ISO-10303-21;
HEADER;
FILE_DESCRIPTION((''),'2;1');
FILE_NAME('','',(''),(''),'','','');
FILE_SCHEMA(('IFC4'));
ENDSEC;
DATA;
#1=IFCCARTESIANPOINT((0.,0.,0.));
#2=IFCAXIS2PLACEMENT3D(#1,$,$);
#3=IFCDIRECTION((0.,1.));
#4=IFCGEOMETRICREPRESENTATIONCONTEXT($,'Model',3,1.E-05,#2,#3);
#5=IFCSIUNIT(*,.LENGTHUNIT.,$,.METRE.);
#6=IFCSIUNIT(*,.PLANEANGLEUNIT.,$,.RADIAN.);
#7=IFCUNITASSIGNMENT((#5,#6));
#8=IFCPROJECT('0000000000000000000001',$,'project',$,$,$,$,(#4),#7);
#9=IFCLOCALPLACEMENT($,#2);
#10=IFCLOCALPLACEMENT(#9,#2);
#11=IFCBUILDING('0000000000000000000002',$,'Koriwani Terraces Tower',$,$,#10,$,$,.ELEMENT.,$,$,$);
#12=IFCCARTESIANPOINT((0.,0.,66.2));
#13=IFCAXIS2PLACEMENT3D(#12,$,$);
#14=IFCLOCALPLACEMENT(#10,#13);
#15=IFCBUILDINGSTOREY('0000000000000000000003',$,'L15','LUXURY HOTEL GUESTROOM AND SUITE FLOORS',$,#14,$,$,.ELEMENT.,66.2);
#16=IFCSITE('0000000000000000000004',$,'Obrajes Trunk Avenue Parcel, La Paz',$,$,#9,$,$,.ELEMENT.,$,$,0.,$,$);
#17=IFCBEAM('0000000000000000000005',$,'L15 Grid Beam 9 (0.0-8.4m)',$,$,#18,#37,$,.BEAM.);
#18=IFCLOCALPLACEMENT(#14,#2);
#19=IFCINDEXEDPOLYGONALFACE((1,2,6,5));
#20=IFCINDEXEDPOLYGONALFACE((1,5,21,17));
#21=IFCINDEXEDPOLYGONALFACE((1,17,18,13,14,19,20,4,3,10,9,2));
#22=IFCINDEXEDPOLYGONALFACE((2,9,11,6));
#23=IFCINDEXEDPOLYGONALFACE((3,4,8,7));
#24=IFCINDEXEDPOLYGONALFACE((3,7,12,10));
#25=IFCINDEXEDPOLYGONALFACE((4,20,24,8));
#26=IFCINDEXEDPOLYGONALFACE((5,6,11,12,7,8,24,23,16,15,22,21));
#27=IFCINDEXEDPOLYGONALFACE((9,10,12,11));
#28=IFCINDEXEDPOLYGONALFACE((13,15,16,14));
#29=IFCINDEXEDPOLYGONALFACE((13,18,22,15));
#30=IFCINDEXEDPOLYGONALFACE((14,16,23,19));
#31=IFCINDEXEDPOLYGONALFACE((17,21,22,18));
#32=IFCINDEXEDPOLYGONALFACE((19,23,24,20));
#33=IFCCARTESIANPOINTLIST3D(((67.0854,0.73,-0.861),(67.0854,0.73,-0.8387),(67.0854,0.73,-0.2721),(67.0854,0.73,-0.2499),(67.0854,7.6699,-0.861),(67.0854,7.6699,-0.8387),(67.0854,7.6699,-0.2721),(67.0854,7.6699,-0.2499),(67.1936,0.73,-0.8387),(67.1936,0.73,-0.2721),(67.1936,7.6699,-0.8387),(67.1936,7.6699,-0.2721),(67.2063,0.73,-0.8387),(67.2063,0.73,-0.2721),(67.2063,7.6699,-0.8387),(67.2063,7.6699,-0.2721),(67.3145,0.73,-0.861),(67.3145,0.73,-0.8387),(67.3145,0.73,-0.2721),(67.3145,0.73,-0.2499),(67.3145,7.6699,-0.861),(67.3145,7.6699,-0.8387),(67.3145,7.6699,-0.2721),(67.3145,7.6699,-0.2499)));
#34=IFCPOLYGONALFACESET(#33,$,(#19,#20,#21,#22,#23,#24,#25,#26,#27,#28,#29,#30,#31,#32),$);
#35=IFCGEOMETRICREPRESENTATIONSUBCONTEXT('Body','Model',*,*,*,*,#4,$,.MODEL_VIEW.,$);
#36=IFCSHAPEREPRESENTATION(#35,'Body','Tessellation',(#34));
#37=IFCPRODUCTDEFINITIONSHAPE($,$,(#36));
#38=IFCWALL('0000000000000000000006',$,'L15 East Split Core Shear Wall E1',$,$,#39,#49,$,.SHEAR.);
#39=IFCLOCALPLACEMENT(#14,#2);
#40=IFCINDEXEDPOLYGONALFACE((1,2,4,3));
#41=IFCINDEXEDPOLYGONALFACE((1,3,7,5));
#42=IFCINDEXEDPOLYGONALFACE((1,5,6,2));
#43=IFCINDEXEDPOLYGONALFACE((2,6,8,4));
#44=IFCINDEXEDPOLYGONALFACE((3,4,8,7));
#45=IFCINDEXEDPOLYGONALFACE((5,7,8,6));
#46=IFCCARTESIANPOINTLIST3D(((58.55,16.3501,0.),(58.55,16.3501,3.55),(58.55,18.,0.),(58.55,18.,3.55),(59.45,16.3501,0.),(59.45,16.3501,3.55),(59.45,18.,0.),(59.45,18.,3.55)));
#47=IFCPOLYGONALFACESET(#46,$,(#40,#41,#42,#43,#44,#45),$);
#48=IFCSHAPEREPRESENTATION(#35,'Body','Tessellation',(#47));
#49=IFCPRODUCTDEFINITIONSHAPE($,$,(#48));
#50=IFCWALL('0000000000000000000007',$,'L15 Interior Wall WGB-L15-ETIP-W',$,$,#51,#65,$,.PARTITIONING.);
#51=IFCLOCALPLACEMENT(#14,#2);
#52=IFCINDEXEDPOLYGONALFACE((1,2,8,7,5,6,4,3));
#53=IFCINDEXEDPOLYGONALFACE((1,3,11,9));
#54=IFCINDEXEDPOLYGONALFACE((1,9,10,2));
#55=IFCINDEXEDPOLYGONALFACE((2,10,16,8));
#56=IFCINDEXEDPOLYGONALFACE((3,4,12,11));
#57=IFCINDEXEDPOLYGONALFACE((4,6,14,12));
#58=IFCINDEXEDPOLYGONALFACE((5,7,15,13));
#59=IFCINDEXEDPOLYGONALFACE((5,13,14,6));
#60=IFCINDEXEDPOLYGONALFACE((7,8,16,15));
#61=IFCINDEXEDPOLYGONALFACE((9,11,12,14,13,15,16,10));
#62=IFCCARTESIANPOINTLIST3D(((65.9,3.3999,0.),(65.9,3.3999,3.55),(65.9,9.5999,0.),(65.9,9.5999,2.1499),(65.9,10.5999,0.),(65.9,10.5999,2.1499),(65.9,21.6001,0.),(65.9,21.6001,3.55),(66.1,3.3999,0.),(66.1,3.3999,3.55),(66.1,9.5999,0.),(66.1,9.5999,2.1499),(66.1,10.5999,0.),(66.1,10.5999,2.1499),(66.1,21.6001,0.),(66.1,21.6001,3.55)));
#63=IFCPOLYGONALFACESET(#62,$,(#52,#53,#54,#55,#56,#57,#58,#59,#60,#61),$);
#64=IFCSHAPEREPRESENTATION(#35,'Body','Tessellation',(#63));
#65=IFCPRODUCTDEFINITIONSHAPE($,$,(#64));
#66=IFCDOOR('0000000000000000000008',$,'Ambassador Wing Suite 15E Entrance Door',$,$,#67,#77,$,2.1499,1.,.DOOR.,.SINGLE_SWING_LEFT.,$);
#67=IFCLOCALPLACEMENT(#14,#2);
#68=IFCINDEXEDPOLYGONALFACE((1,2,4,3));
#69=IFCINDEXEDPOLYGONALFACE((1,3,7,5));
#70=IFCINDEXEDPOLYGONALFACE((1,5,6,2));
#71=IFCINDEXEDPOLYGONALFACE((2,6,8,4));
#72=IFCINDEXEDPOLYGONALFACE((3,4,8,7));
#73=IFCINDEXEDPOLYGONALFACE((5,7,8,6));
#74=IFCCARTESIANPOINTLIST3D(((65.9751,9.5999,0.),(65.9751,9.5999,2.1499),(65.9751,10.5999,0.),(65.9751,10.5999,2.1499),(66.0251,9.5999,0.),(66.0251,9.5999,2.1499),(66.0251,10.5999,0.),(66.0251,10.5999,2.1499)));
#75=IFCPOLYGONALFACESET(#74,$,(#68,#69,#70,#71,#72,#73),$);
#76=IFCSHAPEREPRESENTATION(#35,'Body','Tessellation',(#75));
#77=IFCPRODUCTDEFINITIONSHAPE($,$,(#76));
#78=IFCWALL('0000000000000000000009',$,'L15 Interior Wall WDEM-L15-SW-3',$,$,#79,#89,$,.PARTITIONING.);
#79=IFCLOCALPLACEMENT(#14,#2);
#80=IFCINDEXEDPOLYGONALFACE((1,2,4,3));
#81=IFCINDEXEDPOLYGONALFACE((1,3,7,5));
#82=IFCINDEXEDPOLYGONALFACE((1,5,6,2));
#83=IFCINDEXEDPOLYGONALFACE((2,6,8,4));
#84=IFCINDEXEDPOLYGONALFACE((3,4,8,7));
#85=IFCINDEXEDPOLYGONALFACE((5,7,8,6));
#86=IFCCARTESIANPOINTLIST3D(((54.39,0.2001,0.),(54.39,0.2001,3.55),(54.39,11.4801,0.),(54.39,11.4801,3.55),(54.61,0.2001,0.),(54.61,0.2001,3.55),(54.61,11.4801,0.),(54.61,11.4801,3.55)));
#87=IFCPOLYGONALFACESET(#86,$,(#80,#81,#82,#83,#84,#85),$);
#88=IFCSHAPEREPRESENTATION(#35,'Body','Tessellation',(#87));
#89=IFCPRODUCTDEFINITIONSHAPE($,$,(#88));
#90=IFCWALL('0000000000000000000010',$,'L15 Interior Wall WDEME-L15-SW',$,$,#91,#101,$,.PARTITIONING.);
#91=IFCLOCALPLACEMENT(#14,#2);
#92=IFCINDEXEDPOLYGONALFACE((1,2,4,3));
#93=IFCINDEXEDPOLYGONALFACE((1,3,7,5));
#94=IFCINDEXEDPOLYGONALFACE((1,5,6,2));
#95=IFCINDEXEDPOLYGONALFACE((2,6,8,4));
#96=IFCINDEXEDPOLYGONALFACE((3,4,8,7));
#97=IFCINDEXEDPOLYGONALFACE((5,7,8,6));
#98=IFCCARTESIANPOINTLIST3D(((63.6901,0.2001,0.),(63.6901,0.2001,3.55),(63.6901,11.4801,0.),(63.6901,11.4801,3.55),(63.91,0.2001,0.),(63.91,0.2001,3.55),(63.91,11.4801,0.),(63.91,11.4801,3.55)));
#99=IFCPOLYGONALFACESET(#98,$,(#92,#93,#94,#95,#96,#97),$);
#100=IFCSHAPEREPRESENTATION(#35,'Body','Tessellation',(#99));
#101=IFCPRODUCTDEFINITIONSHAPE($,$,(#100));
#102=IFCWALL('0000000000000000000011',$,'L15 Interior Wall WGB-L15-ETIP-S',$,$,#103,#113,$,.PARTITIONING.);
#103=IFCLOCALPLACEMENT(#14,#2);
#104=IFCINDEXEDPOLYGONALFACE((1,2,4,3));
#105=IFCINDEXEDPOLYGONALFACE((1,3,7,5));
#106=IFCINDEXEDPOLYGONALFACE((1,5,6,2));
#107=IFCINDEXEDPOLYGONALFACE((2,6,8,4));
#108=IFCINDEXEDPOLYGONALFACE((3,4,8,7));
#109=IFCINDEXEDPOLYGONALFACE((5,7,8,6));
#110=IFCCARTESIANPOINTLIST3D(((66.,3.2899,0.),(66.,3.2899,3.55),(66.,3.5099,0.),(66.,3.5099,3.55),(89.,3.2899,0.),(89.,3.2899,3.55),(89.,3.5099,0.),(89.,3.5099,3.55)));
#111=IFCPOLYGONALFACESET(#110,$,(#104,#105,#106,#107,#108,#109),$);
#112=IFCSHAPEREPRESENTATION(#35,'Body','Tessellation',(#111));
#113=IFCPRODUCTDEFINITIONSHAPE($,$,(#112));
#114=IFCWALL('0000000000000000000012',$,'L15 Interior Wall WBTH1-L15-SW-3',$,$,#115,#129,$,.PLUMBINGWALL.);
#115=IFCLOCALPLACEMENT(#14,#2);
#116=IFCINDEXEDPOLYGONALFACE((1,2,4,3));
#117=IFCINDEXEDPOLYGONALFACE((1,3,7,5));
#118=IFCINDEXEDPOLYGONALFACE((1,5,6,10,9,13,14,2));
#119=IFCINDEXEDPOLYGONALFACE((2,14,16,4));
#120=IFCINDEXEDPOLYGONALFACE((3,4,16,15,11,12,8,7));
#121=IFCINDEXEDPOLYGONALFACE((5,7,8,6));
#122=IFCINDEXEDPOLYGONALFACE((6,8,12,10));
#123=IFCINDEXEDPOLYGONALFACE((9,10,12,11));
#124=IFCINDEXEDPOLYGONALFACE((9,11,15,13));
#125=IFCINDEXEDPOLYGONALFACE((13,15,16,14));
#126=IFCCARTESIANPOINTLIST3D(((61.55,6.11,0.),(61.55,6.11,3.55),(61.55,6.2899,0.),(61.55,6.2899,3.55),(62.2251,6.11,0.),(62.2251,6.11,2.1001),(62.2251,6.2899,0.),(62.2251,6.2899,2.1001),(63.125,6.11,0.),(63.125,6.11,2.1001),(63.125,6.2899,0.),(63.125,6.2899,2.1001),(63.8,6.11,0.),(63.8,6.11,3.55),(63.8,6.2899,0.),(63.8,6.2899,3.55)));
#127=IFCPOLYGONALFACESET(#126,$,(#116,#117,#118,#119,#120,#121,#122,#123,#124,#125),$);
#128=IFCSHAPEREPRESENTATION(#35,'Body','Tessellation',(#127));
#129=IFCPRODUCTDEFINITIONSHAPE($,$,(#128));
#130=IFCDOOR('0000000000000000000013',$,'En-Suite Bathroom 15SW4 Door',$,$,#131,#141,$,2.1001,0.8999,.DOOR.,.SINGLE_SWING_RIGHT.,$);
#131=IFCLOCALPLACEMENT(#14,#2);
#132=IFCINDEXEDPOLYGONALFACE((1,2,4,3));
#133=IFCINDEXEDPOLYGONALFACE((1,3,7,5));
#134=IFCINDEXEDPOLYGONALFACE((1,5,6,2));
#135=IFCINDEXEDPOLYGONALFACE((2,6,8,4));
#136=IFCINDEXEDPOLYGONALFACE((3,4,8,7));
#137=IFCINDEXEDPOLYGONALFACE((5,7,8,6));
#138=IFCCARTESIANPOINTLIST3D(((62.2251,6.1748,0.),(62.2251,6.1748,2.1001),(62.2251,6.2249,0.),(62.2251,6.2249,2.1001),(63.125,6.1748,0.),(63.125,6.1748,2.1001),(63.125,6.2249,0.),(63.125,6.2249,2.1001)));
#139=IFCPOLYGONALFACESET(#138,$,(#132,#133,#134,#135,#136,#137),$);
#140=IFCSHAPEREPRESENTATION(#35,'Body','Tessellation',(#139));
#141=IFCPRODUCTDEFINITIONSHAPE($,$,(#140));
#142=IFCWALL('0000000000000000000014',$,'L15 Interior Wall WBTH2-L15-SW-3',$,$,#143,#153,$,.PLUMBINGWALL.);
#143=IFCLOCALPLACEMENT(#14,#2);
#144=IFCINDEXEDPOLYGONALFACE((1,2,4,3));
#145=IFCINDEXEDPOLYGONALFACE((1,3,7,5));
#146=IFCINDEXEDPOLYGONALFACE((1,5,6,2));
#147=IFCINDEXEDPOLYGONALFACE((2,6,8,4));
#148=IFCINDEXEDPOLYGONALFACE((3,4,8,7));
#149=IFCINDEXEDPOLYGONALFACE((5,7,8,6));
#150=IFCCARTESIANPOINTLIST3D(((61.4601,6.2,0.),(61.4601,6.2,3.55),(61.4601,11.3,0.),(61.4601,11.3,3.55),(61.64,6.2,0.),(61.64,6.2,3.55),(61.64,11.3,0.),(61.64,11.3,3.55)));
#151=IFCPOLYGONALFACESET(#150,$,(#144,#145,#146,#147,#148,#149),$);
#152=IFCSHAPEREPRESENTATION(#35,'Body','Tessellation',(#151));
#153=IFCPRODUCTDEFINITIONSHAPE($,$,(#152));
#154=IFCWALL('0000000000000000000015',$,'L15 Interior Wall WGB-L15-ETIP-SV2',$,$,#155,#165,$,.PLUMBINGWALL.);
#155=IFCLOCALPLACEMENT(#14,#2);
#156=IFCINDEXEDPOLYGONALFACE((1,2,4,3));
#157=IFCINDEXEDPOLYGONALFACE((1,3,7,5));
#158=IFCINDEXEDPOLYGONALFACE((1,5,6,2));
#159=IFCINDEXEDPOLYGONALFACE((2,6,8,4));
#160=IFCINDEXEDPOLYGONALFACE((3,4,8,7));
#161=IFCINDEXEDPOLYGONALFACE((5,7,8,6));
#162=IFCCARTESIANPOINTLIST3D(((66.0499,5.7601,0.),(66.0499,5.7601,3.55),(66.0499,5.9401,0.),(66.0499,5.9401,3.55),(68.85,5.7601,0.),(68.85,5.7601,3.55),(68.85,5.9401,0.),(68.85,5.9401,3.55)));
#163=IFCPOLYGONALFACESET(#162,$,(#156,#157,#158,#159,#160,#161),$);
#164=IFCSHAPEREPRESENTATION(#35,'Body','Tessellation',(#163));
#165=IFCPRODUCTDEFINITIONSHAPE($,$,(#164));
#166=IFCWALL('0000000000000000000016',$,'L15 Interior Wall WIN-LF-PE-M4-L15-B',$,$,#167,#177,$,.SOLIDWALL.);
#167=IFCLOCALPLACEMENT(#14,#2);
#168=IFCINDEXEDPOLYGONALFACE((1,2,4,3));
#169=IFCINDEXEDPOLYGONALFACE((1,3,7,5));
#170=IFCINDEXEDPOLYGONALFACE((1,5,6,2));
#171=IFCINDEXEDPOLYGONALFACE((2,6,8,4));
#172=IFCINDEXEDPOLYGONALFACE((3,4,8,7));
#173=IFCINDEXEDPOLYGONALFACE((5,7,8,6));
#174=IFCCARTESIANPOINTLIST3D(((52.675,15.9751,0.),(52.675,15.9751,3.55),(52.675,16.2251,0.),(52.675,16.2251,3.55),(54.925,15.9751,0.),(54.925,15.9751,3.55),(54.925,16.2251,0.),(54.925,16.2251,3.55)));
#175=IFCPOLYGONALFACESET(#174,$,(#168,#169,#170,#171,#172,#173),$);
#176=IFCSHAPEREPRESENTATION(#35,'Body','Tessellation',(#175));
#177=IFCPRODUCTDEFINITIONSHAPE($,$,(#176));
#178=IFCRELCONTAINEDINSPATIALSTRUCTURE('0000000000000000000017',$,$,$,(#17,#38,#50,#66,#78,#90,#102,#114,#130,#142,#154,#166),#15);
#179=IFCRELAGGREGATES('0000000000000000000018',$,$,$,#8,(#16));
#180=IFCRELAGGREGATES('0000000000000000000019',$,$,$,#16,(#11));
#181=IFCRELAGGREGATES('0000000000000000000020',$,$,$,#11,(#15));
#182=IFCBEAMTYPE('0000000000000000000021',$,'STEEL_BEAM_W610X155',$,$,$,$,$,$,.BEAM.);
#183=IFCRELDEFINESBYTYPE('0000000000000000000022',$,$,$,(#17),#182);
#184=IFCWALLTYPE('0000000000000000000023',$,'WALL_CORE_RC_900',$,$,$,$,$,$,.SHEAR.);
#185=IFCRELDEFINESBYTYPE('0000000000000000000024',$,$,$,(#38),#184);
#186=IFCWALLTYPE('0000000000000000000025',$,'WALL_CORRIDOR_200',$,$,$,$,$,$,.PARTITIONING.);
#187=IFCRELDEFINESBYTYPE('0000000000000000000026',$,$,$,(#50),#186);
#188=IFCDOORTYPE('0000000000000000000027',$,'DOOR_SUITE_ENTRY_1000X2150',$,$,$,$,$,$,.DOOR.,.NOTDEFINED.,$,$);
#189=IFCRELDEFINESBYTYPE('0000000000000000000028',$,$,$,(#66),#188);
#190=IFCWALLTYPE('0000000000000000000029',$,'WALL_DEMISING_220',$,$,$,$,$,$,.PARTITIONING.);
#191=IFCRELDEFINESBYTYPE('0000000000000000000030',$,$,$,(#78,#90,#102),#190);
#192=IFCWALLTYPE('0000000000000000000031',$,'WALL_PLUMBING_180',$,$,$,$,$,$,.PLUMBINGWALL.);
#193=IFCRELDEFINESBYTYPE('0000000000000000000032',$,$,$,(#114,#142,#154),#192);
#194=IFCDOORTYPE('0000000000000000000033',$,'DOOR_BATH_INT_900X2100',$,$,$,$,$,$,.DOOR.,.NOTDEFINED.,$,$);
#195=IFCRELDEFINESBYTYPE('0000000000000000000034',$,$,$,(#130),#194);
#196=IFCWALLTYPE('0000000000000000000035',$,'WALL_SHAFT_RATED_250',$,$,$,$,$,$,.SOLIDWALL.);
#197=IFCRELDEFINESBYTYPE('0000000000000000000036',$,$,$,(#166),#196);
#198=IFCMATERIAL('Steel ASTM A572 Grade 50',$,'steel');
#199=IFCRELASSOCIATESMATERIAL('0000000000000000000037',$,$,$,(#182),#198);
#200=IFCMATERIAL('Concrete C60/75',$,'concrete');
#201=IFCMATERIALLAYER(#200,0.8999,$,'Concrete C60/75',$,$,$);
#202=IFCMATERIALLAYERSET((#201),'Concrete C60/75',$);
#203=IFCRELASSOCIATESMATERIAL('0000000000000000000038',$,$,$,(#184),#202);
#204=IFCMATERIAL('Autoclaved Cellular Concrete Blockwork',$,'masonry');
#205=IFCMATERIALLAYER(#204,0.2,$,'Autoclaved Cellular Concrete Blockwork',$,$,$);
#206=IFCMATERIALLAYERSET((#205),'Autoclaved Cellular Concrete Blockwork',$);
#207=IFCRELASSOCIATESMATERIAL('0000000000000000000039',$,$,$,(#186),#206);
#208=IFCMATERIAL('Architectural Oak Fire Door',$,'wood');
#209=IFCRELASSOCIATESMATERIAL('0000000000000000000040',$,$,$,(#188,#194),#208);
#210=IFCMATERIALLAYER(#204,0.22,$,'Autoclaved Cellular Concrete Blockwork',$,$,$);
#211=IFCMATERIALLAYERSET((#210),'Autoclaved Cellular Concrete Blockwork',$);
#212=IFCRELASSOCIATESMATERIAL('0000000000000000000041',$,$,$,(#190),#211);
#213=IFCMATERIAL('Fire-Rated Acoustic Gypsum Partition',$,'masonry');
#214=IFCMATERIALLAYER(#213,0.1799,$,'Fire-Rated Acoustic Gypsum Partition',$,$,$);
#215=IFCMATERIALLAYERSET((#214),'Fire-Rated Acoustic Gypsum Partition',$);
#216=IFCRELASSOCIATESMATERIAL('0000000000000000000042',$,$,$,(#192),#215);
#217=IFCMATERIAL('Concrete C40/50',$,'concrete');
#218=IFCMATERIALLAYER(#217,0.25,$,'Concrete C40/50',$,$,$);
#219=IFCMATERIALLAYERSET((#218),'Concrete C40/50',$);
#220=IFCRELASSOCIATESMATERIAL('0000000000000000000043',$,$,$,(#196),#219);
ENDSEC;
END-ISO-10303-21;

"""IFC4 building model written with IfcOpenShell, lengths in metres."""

from ifc_helpers import new_model, si_unit, direction, frame, frame_2d, origin, origin_2d, place, context, subcontext, project, spatial, rectangle, i_section, extrude, material, layer, layer_set, material_profile, profile_set, type_object, element, fill, save


model = new_model("IFC4")

# Units and contexts
model_context = context("Model", 3, precision=1e-05, world=origin(), true_north=direction((0.0, 1.0)))
body_context = subcontext(model_context, "Body", "Model", "MODEL_VIEW")
ifc_project = project(units=[si_unit("LENGTHUNIT", "METRE"), si_unit("PLANEANGLEUNIT", "RADIAN")], contexts=[model_context])

# Site, building, storey
site_placement = place(None, origin())
site = spatial("IfcSite", under=ifc_project, at=site_placement, Name="Obrajes Trunk Avenue Parcel, La Paz", CompositionType="ELEMENT", RefElevation=0.0)
building_placement = place(site_placement, origin())
building = spatial("IfcBuilding", under=site, at=building_placement, Name="Koriwani Terraces Tower", CompositionType="ELEMENT")
storey_placement = place(building_placement, frame((0.0, 0.0, 66.2)))
storey = spatial("IfcBuildingStorey", under=building, at=storey_placement, Name="L15", Description="LUXURY HOTEL GUESTROOM AND SUITE FLOORS", CompositionType="ELEMENT", Elevation=66.2)

# Shared definitions
ifc_material_1 = material(Name="Concrete C60/75", Category="concrete")

# Beam
ifc_material_2 = material(Name="Concrete C40/50", Category="concrete")
ifc_material_3 = material(Name="Steel ASTM A572 Grade 50", Category="steel")
ifc_material_profile_1 = material_profile(ifc_material_3, i_section(OverallWidth=0.229, OverallDepth=0.6111, WebThickness=0.0127, FlangeThickness=0.0222, at=origin_2d()), Name="Steel ASTM A572 Grade 50", Category="LoadBearing")
ifc_profile_set_1 = profile_set([ifc_material_profile_1], Name="Steel ASTM A572 Grade 50")
beam_type_1 = type_object("IfcBeamType", Name="STEEL_BEAM_W610X155", PredefinedType="BEAM", material=ifc_profile_set_1)
beam_1_placement = place(storey_placement, frame((67.2, 0.73, -0.5554), z_axis=(0.0, 1.0, 0.0), x_axis=(-1.0, 0.0, 0.0)))
element("IfcBeam", 1, at=beam_1_placement, inside=storey, type_object=beam_type_1, Name="L15 Grid Beam 9 (0.0-8.4m)", PredefinedType="BEAM", context=body_context, shape_type="SweptSolid", body=[
    extrude(i_section(OverallWidth=0.229, OverallDepth=0.6111, WebThickness=0.0127, FlangeThickness=0.0222, at=origin_2d()), origin(), (0.0, 0.0, 1.0), 6.9399),
])

# Wall
ifc_layer_1 = layer(ifc_material_1, 0.8999, Name="Concrete C60/75")
ifc_layer_set_1 = layer_set([ifc_layer_1], Name="Concrete C60/75")
wall_type_1 = type_object("IfcWallType", Name="WALL_CORE_RC_900", PredefinedType="SHEAR", material=ifc_layer_set_1)
wall_1_placement = place(storey_placement, frame((59.0, 16.3501, 0.0), z_axis=(0.0, 0.0, 1.0), x_axis=(0.0, 1.0, 0.0)))
element("IfcWall", 2, at=wall_1_placement, inside=storey, type_object=wall_type_1, Name="L15 East Split Core Shear Wall E1", PredefinedType="SHEAR", context=body_context, shape_type="SweptSolid", body=[
    extrude(rectangle(XDim=1.6499, YDim=0.8999, at=frame_2d((0.825, 0.0))), origin(), (0.0, 0.0, 1.0), 3.55),
])

# Wall, opening, door
ifc_material_4 = material(Name="Autoclaved Cellular Concrete Blockwork", Category="masonry")
ifc_layer_2 = layer(ifc_material_4, 0.2, Name="Autoclaved Cellular Concrete Blockwork")
ifc_layer_set_2 = layer_set([ifc_layer_2], Name="Autoclaved Cellular Concrete Blockwork")
wall_type_2 = type_object("IfcWallType", Name="WALL_CORRIDOR_200", PredefinedType="PARTITIONING", material=ifc_layer_set_2)
wall_2_placement = place(storey_placement, frame((66.0, 3.3999, 0.0), z_axis=(0.0, 0.0, 1.0), x_axis=(0.0, 1.0, 0.0)))
wall_2 = element("IfcWall", 3, at=wall_2_placement, inside=storey, type_object=wall_type_2, Name="L15 Interior Wall WGB-L15-ETIP-W", PredefinedType="PARTITIONING", context=body_context, shape_type="SweptSolid", body=[
    extrude(rectangle(XDim=18.2002, YDim=0.2, at=frame_2d((9.1001, 0.0))), origin(), (0.0, 0.0, 1.0), 3.55),
])
opening_1_placement = place(wall_2_placement, frame((6.2, 0.0, 0.0)))
opening_1 = element("IfcOpeningElement", 4, at=opening_1_placement, cuts=wall_2, PredefinedType="OPENING", context=body_context, shape_type="SweptSolid", body=[
    extrude(rectangle(XDim=1.0, YDim=2.1499, at=frame_2d((0.5, 1.075))), frame((0.0, 0.1099, 0.0), z_axis=(0.0, -1.0, 0.0), x_axis=(1.0, 0.0, 0.0)), (0.0, 0.0, 1.0), 0.22),
])
ifc_material_5 = material(Name="Architectural Oak Fire Door", Category="wood")
door_type_1 = type_object("IfcDoorType", Name="DOOR_SUITE_ENTRY_1000X2150", OperationType="NOTDEFINED", PredefinedType="DOOR", material=ifc_material_5)
door_1_placement = place(opening_1_placement, origin())
door_1 = element("IfcDoor", 5, at=door_1_placement, inside=storey, type_object=door_type_1, Name="Ambassador Wing Suite 15E Entrance Door", OperationType="SINGLE_SWING_LEFT", OverallHeight=2.1499, OverallWidth=1.0, PredefinedType="DOOR", context=body_context, shape_type="SweptSolid", body=[
    extrude(rectangle(XDim=1.0, YDim=2.1499, at=frame_2d((0.5, 1.075))), frame((0.0, 0.0249, 0.0), z_axis=(0.0, -1.0, 0.0), x_axis=(1.0, 0.0, 0.0)), (0.0, 0.0, 1.0), 0.05),
])
fill(opening_1, door_1)

# Walls
ifc_layer_3 = layer(ifc_material_4, 0.22, Name="Autoclaved Cellular Concrete Blockwork")
ifc_layer_set_3 = layer_set([ifc_layer_3], Name="Autoclaved Cellular Concrete Blockwork")
wall_type_3 = type_object("IfcWallType", Name="WALL_DEMISING_220", PredefinedType="PARTITIONING", material=ifc_layer_set_3)
for number, where, z_axis, x_axis, name in (
    (6, (54.5, 0.2, 0.0), (0.0, 0.0, 1.0), (0.0, 1.0, 0.0), "L15 Interior Wall WDEM-L15-SW-3"),
    (7, (63.8, 0.2, 0.0), (0.0, 0.0, 1.0), (0.0, 1.0, 0.0), "L15 Interior Wall WDEME-L15-SW"),
):
    element("IfcWall", number, at=place(storey_placement, frame(where, z_axis=z_axis, x_axis=x_axis)), inside=storey, type_object=wall_type_3, Name=name, PredefinedType="PARTITIONING", context=body_context, shape_type="SweptSolid", body=[
        extrude(rectangle(XDim=11.28, YDim=0.22, at=frame_2d((5.6401, 0.0))), origin(), (0.0, 0.0, 1.0), 3.55),
    ])
wall_3_placement = place(storey_placement, frame((66.0, 3.3999, 0.0), z_axis=(0.0, 0.0, 1.0), x_axis=(1.0, 0.0, 0.0)))
element("IfcWall", 8, at=wall_3_placement, inside=storey, type_object=wall_type_3, Name="L15 Interior Wall WGB-L15-ETIP-S", PredefinedType="PARTITIONING", context=body_context, shape_type="SweptSolid", body=[
    extrude(rectangle(XDim=23.0, YDim=0.22, at=frame_2d((11.5, 0.0))), origin(), (0.0, 0.0, 1.0), 3.55),
])

# Wall, opening, door
ifc_material_6 = material(Name="Fire-Rated Acoustic Gypsum Partition", Category="masonry")
ifc_layer_4 = layer(ifc_material_6, 0.1799, Name="Fire-Rated Acoustic Gypsum Partition")
ifc_layer_set_4 = layer_set([ifc_layer_4], Name="Fire-Rated Acoustic Gypsum Partition")
wall_type_4 = type_object("IfcWallType", Name="WALL_PLUMBING_180", PredefinedType="PLUMBINGWALL", material=ifc_layer_set_4)
wall_4_placement = place(storey_placement, frame((61.55, 6.2, 0.0), z_axis=(0.0, 0.0, 1.0), x_axis=(1.0, 0.0, 0.0)))
wall_4 = element("IfcWall", 9, at=wall_4_placement, inside=storey, type_object=wall_type_4, Name="L15 Interior Wall WBTH1-L15-SW-3", PredefinedType="PLUMBINGWALL", context=body_context, shape_type="SweptSolid", body=[
    extrude(rectangle(XDim=2.25, YDim=0.1799, at=frame_2d((1.125, 0.0))), origin(), (0.0, 0.0, 1.0), 3.55),
])
opening_2_placement = place(wall_4_placement, frame((0.675, 0.0, 0.0)))
opening_2 = element("IfcOpeningElement", 10, at=opening_2_placement, cuts=wall_4, PredefinedType="OPENING", context=body_context, shape_type="SweptSolid", body=[
    extrude(rectangle(XDim=0.8999, YDim=2.1001, at=frame_2d((0.45, 1.05))), frame((0.0, 0.1001, 0.0), z_axis=(0.0, -1.0, 0.0), x_axis=(1.0, 0.0, 0.0)), (0.0, 0.0, 1.0), 0.2),
])
door_type_2 = type_object("IfcDoorType", Name="DOOR_BATH_INT_900X2100", OperationType="NOTDEFINED", PredefinedType="DOOR", material=ifc_material_5)
door_2_placement = place(opening_2_placement, origin())
door_2 = element("IfcDoor", 11, at=door_2_placement, inside=storey, type_object=door_type_2, Name="En-Suite Bathroom 15SW4 Door", OperationType="SINGLE_SWING_RIGHT", OverallHeight=2.1001, OverallWidth=0.8999, PredefinedType="DOOR", context=body_context, shape_type="SweptSolid", body=[
    extrude(rectangle(XDim=0.8999, YDim=2.1001, at=frame_2d((0.45, 1.05))), frame((0.0, 0.0249, 0.0), z_axis=(0.0, -1.0, 0.0), x_axis=(1.0, 0.0, 0.0)), (0.0, 0.0, 1.0), 0.05),
])
fill(opening_2, door_2)

# Walls
wall_5_placement = place(storey_placement, frame((61.55, 6.2, 0.0), z_axis=(0.0, 0.0, 1.0), x_axis=(0.0, 1.0, 0.0)))
element("IfcWall", 12, at=wall_5_placement, inside=storey, type_object=wall_type_4, Name="L15 Interior Wall WBTH2-L15-SW-3", PredefinedType="PLUMBINGWALL", context=body_context, shape_type="SweptSolid", body=[
    extrude(rectangle(XDim=5.1001, YDim=0.1799, at=frame_2d((2.55, 0.0))), origin(), (0.0, 0.0, 1.0), 3.55),
])
wall_6_placement = place(storey_placement, frame((66.05, 5.8501, 0.0), z_axis=(0.0, 0.0, 1.0), x_axis=(1.0, 0.0, 0.0)))
element("IfcWall", 13, at=wall_6_placement, inside=storey, type_object=wall_type_4, Name="L15 Interior Wall WGB-L15-ETIP-SV2", PredefinedType="PLUMBINGWALL", context=body_context, shape_type="SweptSolid", body=[
    extrude(rectangle(XDim=2.8, YDim=0.1799, at=frame_2d((1.3999, 0.0))), origin(), (0.0, 0.0, 1.0), 3.55),
])

# Shared definitions
ifc_layer_5 = layer(ifc_material_2, 0.25, Name="Concrete C40/50")
ifc_layer_set_5 = layer_set([ifc_layer_5], Name="Concrete C40/50")
wall_type_5 = type_object("IfcWallType", Name="WALL_SHAFT_RATED_250", PredefinedType="SOLIDWALL", material=ifc_layer_set_5)

# Wall
for number, where, z_axis, x_axis, name in (
    (14, (52.675, 16.1001, 0.0), (0.0, 0.0, 1.0), (1.0, 0.0, 0.0), "L15 Interior Wall WIN-LF-PE-M4-L15-B"),
):
    element("IfcWall", number, at=place(storey_placement, frame(where, z_axis=z_axis, x_axis=x_axis)), inside=storey, type_object=wall_type_5, Name=name, PredefinedType="SOLIDWALL", context=body_context, shape_type="SweptSolid", body=[
        extrude(rectangle(XDim=2.25, YDim=0.25, at=frame_2d((1.125, 0.0))), origin(), (0.0, 0.0, 1.0), 3.55),
    ])

save(model, "model.ifc")
